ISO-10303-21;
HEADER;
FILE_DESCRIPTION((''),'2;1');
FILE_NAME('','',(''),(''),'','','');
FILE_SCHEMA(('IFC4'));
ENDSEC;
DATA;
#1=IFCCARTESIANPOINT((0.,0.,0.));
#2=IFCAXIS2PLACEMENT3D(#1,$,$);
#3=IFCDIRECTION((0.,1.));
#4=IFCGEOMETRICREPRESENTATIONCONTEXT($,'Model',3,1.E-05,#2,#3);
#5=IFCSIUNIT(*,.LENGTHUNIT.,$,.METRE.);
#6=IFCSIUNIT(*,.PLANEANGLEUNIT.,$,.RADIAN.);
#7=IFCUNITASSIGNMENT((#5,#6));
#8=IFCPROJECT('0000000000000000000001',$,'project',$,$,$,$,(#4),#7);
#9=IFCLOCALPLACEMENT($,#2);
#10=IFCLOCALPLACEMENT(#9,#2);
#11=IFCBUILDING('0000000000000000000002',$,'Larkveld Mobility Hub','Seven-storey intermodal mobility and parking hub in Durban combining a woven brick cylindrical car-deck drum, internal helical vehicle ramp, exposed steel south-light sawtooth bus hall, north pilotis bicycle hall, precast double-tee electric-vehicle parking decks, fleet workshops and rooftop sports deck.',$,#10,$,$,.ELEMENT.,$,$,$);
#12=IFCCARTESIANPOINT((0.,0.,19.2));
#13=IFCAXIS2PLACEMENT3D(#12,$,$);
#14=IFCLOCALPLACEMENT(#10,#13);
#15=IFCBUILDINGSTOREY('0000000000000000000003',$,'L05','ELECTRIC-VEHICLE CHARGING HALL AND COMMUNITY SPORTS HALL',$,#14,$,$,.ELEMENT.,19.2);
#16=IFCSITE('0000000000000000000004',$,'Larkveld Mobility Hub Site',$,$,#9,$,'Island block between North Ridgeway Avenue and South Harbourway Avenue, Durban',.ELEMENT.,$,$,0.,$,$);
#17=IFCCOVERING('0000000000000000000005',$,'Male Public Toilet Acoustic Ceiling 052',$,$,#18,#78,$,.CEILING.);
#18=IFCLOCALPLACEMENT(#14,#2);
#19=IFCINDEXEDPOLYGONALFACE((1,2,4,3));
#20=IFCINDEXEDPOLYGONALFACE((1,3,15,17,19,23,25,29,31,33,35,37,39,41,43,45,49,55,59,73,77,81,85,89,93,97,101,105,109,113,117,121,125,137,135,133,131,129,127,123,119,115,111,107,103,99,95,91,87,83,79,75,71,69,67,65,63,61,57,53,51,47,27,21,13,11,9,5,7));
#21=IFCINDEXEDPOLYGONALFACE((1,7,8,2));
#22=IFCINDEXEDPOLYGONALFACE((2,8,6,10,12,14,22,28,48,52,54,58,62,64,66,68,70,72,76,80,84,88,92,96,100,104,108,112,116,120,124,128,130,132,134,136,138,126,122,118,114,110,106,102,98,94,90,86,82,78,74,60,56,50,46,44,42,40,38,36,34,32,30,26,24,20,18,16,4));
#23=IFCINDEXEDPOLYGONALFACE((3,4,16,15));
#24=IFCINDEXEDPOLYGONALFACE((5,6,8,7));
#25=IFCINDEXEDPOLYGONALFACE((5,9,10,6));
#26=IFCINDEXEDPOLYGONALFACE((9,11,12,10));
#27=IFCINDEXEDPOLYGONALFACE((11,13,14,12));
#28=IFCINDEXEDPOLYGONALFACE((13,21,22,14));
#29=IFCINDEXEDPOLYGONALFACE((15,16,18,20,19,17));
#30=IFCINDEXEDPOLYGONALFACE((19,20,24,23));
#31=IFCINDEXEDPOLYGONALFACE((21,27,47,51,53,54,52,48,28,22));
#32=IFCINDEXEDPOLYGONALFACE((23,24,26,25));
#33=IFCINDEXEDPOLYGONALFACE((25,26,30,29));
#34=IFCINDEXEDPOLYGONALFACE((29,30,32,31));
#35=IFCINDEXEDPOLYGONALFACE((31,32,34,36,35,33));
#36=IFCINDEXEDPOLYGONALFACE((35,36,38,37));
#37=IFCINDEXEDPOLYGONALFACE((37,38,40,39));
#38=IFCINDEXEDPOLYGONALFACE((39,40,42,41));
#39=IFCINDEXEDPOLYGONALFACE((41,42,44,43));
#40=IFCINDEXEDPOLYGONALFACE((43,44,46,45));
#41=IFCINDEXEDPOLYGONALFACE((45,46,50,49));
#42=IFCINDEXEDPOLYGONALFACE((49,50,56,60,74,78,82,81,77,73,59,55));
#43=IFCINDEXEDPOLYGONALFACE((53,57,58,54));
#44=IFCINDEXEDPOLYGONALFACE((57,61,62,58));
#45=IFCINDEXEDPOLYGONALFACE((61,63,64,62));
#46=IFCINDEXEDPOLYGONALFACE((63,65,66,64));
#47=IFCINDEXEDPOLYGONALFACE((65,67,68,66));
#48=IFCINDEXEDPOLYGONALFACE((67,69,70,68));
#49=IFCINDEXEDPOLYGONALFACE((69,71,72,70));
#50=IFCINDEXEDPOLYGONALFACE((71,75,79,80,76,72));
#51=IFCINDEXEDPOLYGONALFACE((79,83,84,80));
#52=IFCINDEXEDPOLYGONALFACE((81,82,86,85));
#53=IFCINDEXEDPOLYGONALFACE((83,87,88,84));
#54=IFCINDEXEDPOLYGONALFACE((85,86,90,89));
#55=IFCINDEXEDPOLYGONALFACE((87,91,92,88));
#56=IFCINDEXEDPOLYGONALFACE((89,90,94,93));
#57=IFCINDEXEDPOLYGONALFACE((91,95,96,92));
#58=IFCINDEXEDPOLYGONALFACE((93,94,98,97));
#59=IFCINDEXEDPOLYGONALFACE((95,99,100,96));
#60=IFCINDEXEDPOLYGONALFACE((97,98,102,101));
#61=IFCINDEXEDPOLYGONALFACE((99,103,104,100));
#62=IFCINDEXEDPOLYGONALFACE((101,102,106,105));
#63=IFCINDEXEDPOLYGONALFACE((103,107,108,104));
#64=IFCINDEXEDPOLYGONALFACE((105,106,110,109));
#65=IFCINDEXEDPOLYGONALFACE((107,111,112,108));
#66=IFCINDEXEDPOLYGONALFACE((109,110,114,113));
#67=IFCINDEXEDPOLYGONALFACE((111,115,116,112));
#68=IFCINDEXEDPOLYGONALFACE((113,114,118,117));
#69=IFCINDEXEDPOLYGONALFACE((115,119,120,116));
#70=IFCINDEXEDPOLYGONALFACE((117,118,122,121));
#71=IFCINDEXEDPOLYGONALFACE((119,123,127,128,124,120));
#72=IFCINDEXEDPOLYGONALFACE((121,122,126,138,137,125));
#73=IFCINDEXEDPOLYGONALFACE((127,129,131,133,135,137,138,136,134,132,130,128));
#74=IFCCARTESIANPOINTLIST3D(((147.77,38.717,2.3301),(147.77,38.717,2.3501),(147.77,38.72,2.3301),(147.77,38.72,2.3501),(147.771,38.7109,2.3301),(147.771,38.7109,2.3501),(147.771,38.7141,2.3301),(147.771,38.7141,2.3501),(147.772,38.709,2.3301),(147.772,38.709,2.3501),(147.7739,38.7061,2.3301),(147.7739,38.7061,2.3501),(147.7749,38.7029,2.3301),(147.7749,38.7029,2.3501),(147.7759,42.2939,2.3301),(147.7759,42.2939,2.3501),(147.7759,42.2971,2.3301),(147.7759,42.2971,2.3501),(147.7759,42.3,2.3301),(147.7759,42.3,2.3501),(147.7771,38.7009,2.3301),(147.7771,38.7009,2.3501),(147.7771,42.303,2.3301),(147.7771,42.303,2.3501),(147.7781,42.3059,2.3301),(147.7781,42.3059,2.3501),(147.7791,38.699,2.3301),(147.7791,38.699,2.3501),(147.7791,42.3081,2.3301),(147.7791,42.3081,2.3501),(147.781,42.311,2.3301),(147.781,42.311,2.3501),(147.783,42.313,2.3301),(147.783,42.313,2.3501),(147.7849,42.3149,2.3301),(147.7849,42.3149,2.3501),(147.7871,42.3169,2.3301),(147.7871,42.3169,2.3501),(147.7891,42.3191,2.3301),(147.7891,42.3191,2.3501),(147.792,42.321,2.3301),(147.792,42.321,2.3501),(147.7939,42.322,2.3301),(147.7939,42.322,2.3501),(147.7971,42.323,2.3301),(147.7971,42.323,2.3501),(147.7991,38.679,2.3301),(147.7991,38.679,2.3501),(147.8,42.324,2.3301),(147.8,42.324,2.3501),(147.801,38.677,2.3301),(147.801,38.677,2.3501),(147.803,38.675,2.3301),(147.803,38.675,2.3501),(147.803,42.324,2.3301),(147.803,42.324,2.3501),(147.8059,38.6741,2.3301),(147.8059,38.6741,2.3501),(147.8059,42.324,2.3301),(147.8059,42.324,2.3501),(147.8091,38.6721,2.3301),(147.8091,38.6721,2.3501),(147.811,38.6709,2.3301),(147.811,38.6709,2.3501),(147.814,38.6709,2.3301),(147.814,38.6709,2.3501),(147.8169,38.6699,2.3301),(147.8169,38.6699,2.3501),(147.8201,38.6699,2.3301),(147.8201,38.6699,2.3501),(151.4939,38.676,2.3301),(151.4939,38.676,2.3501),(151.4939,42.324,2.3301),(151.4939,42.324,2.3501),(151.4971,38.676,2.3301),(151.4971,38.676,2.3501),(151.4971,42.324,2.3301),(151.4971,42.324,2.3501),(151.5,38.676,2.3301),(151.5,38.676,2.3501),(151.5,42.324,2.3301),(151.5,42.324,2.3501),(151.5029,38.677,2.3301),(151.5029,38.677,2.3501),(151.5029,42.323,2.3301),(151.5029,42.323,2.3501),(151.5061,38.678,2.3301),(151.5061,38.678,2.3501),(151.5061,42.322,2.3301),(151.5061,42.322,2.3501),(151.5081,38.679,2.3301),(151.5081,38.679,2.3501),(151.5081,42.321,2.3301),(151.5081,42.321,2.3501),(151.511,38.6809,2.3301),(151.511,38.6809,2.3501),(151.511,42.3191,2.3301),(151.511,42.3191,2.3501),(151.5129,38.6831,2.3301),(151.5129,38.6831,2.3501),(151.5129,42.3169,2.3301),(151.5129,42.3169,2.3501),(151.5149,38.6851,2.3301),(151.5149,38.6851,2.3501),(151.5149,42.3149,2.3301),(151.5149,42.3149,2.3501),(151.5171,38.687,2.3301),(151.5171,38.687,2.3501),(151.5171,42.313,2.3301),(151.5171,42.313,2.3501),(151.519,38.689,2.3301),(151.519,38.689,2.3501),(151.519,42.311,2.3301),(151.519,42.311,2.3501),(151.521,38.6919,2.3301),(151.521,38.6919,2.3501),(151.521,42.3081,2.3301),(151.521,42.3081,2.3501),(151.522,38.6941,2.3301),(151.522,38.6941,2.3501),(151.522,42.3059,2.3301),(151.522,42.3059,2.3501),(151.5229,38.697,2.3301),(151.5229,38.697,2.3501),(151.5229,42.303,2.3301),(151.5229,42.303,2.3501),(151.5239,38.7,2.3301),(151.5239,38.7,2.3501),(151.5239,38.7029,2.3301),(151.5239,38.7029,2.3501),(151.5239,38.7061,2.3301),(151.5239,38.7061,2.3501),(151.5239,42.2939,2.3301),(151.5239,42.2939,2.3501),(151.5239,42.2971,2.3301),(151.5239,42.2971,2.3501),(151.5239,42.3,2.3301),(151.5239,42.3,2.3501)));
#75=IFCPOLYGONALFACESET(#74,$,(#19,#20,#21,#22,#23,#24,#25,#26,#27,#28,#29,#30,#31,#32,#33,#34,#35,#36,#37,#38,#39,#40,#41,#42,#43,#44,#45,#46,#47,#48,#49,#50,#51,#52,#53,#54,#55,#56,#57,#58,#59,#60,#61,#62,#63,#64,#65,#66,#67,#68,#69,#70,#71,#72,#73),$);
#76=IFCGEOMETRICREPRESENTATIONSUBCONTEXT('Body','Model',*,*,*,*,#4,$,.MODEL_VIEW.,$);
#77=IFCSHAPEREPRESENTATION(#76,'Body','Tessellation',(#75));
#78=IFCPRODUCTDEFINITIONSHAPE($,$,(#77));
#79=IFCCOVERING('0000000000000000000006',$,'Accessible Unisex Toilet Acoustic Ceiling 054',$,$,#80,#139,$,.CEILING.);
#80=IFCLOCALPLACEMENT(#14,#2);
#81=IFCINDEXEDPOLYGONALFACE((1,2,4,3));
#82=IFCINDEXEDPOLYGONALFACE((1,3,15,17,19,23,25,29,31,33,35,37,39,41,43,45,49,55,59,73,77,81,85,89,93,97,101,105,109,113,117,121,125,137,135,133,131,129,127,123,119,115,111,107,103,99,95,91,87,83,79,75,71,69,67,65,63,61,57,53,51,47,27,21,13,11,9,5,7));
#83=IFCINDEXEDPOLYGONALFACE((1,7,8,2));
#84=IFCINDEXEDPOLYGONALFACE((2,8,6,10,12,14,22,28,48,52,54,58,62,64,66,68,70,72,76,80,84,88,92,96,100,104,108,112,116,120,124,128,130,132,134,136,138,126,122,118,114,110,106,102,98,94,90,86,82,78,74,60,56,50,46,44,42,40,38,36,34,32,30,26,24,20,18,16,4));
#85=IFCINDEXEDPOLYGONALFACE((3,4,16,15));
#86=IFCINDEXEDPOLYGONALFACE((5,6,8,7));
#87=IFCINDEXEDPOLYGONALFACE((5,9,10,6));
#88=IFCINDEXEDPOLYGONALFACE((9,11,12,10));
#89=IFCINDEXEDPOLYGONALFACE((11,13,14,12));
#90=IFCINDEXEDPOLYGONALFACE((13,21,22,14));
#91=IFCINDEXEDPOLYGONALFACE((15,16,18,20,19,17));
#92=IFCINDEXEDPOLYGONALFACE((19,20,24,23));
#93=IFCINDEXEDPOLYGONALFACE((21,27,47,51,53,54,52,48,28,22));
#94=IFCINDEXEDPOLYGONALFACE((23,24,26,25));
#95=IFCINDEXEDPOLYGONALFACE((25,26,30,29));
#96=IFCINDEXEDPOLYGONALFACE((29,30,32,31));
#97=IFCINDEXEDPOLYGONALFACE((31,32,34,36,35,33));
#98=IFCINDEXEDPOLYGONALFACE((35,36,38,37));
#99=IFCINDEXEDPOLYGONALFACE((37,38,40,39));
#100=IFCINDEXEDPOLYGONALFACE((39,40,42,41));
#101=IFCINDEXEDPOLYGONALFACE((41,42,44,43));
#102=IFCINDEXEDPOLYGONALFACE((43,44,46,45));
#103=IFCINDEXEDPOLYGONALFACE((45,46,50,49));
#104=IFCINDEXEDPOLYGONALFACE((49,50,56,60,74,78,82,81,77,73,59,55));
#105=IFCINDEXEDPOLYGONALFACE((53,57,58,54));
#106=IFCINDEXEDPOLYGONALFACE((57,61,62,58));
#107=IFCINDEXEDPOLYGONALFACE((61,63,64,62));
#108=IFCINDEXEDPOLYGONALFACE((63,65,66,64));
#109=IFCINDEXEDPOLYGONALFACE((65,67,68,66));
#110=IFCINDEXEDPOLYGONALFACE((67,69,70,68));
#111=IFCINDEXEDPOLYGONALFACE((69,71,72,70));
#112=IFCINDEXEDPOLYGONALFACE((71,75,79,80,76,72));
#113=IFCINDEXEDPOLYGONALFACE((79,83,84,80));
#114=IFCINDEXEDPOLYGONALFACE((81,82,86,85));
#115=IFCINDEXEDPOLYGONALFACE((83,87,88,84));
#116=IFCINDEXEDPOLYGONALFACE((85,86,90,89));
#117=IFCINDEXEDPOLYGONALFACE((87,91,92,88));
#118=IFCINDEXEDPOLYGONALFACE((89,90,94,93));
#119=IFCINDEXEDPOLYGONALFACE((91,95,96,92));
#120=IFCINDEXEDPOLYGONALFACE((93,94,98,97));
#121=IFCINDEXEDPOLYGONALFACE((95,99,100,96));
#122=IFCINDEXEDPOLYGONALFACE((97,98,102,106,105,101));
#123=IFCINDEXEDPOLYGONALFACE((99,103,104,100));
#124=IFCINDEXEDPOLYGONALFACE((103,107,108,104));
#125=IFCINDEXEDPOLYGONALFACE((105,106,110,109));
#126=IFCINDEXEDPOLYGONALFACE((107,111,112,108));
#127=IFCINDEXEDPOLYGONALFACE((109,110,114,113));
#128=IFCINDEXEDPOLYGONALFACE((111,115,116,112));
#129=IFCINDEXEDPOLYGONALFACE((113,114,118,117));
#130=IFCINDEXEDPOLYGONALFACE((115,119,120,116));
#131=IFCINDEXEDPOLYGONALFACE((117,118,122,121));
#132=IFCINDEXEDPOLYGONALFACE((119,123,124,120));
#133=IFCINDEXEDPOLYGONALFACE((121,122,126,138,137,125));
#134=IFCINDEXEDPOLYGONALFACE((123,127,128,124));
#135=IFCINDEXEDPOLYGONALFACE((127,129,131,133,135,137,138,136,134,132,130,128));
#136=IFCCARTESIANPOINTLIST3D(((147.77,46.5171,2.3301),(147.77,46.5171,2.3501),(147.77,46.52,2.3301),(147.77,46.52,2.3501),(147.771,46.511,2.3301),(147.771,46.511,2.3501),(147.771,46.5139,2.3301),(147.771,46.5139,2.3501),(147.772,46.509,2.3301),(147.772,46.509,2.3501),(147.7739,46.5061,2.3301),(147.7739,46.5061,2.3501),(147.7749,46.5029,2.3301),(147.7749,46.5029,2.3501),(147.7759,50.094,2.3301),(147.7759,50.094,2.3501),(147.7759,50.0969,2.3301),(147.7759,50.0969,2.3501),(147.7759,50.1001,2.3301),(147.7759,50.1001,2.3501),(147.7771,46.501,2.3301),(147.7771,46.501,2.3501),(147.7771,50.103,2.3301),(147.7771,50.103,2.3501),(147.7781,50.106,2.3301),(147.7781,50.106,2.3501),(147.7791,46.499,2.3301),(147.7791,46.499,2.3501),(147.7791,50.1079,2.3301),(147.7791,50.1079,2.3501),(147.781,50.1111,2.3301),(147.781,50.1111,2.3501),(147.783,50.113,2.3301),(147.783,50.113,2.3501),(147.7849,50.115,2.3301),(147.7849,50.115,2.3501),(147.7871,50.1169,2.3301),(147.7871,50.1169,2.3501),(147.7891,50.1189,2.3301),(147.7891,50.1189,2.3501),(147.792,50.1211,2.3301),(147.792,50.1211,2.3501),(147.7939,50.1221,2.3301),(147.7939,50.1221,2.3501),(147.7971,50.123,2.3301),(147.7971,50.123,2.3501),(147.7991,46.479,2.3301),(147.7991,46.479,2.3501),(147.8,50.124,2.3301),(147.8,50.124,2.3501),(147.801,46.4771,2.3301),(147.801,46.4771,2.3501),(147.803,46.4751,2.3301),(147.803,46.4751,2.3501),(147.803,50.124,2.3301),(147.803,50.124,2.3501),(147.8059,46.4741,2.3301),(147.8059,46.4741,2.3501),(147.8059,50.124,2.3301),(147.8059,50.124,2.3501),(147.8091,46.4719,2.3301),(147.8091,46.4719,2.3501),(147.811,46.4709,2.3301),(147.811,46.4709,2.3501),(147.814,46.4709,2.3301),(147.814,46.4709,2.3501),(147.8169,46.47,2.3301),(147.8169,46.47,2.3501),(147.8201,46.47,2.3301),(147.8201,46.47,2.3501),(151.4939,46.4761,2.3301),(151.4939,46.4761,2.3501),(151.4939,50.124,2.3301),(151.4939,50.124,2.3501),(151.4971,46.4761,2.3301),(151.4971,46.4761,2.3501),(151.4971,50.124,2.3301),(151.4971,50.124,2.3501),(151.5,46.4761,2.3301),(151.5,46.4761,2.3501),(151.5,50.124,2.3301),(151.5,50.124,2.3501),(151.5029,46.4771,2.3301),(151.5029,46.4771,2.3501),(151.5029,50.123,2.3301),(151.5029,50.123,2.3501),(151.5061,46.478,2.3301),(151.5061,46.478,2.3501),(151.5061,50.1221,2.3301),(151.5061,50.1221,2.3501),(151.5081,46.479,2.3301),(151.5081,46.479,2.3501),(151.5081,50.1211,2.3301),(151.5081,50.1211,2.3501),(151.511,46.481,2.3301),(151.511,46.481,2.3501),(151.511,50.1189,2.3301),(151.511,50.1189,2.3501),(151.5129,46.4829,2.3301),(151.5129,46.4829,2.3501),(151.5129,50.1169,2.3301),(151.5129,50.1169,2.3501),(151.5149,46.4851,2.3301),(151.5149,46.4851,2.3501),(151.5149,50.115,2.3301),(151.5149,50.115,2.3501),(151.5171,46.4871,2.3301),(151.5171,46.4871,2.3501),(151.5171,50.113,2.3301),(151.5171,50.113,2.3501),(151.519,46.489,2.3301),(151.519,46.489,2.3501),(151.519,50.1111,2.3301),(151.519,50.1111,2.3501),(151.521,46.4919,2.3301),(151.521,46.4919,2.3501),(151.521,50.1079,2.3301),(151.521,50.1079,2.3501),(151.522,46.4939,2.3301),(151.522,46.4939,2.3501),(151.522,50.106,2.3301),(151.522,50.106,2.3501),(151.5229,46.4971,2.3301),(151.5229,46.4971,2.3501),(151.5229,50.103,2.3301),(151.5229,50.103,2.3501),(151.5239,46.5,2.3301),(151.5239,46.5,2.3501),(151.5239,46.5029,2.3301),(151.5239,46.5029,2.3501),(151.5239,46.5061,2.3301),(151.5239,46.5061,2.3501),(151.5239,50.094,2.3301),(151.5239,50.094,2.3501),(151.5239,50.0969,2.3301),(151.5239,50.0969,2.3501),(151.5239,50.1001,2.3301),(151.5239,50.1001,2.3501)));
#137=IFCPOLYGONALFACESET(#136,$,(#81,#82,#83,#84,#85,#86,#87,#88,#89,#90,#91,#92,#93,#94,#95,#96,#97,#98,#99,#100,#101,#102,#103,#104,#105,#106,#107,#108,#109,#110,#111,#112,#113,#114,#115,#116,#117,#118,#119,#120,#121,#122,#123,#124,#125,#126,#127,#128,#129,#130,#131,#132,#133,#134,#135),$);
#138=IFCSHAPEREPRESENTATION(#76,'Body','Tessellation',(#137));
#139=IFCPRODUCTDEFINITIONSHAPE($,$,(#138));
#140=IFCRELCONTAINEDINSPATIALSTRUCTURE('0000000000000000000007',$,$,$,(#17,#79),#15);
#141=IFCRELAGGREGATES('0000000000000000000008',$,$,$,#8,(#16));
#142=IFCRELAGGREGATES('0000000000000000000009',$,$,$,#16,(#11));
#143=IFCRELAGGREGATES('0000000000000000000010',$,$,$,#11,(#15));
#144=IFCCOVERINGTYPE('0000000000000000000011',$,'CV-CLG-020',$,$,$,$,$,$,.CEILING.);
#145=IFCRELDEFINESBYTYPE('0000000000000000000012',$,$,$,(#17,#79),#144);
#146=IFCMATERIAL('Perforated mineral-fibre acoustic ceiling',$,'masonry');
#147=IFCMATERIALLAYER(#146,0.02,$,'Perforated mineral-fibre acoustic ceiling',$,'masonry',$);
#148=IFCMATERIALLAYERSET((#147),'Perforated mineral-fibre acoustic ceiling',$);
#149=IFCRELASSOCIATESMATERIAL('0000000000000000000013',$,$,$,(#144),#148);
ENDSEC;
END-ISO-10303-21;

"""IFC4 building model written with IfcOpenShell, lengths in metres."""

from ifc_helpers import new_model, si_unit, direction, frame, origin, place, context, subcontext, project, spatial, polyline, outline, extrude, material, layer, layer_set, type_object, element, save


model = new_model("IFC4")

# Units and contexts
model_context = context("Model", 3, precision=1e-05, world=origin(), true_north=direction((0.0, 1.0)))
body_context = subcontext(model_context, "Body", "Model", "MODEL_VIEW")
ifc_project = project(units=[si_unit("LENGTHUNIT", "METRE"), si_unit("PLANEANGLEUNIT", "RADIAN")], contexts=[model_context])

# Site, building, storey
site_placement = place(None, origin())
site = spatial("IfcSite", under=ifc_project, at=site_placement, Name="Larkveld Mobility Hub Site", LongName="Island block between North Ridgeway Avenue and South Harbourway Avenue, Durban", CompositionType="ELEMENT", RefElevation=0.0)
building_placement = place(site_placement, origin())
building = spatial("IfcBuilding", under=site, at=building_placement, Name="Larkveld Mobility Hub", Description="Seven-storey intermodal mobility and parking hub in Durban combining a woven brick cylindrical car-deck drum, internal helical vehicle ramp, exposed steel south-light sawtooth bus hall, north pilotis bicycle hall, precast double-tee electric-vehicle parking decks, fleet workshops and rooftop sports deck.", CompositionType="ELEMENT")
storey_placement = place(building_placement, frame((0.0, 0.0, 19.2)))
storey = spatial("IfcBuildingStorey", under=building, at=storey_placement, Name="L05", Description="ELECTRIC-VEHICLE CHARGING HALL AND COMMUNITY SPORTS HALL", CompositionType="ELEMENT", Elevation=19.2)

# Coverings
ifc_material_1 = material(Name="Perforated mineral-fibre acoustic ceiling", Category="masonry")
ifc_layer_1 = layer(ifc_material_1, 0.02, Name="Perforated mineral-fibre acoustic ceiling", Category="masonry")
ifc_layer_set_1 = layer_set([ifc_layer_1], Name="Perforated mineral-fibre acoustic ceiling")
covering_type_1 = type_object("IfcCoveringType", Name="CV-CLG-020", PredefinedType="CEILING", material=ifc_layer_set_1)
covering_1_placement = place(storey_placement, frame((0.0, 0.0, 2.3301)))
element("IfcCovering", 1, at=covering_1_placement, inside=storey, type_object=covering_type_1, Name="Male Public Toilet Acoustic Ceiling 052", PredefinedType="CEILING", context=body_context, shape_type="SweptSolid", body=[
    extrude(outline(polyline([(147.8201, 38.6699), (147.8169, 38.6699), (147.814, 38.6709), (147.811, 38.6709), (147.8091, 38.6721), (147.8059, 38.6741), (147.803, 38.675), (147.801, 38.677), (147.7991, 38.679), (147.7791, 38.699), (147.7771, 38.7009), (147.7749, 38.7029), (147.7739, 38.7061), (147.772, 38.709), (147.771, 38.7109), (147.771, 38.7141), (147.77, 38.717), (147.77, 38.72), (147.7759, 42.2939), (147.7759, 42.2971), (147.7759, 42.3), (147.7771, 42.303), (147.7781, 42.3059), (147.7791, 42.3081), (147.781, 42.311), (147.783, 42.313), (147.7849, 42.3149), (147.7871, 42.3169), (147.7891, 42.3191), (147.792, 42.321), (147.7939, 42.322), (147.7971, 42.323), (147.8, 42.324), (147.803, 42.324), (147.8059, 42.324), (151.4939, 42.324), (151.4971, 42.324), (151.5, 42.324), (151.5029, 42.323), (151.5061, 42.322), (151.5081, 42.321), (151.511, 42.3191), (151.5129, 42.3169), (151.5149, 42.3149), (151.5171, 42.313), (151.519, 42.311), (151.521, 42.3081), (151.522, 42.3059), (151.5229, 42.303), (151.5239, 42.3), (151.5239, 42.2971), (151.5239, 42.2939), (151.5239, 38.7061), (151.5239, 38.7029), (151.5239, 38.7), (151.5229, 38.697), (151.522, 38.6941), (151.521, 38.6919), (151.519, 38.689), (151.5171, 38.687), (151.5149, 38.6851), (151.5129, 38.6831), (151.511, 38.6809), (151.5081, 38.679), (151.5061, 38.678), (151.5029, 38.677), (151.5, 38.676), (151.4971, 38.676), (151.4939, 38.676), (147.8201, 38.6699)])), origin(), (0.0, 0.0, 1.0), 0.02),
])
covering_2_placement = place(storey_placement, frame((0.0, 0.0, 2.3301)))
element("IfcCovering", 2, at=covering_2_placement, inside=storey, type_object=covering_type_1, Name="Accessible Unisex Toilet Acoustic Ceiling 054", PredefinedType="CEILING", context=body_context, shape_type="SweptSolid", body=[
    extrude(outline(polyline([(147.8201, 46.47), (147.8169, 46.47), (147.814, 46.4709), (147.811, 46.4709), (147.8091, 46.4719), (147.8059, 46.4741), (147.803, 46.4751), (147.801, 46.4771), (147.7991, 46.479), (147.7791, 46.499), (147.7771, 46.501), (147.7749, 46.5029), (147.7739, 46.5061), (147.772, 46.509), (147.771, 46.511), (147.771, 46.5139), (147.77, 46.5171), (147.77, 46.52), (147.7759, 50.094), (147.7759, 50.0969), (147.7759, 50.1001), (147.7771, 50.103), (147.7781, 50.106), (147.7791, 50.1079), (147.781, 50.1111), (147.783, 50.113), (147.7849, 50.115), (147.7871, 50.1169), (147.7891, 50.1189), (147.792, 50.1211), (147.7939, 50.1221), (147.7971, 50.123), (147.8, 50.124), (147.803, 50.124), (147.8059, 50.124), (151.4939, 50.124), (151.4971, 50.124), (151.5, 50.124), (151.5029, 50.123), (151.5061, 50.1221), (151.5081, 50.1211), (151.511, 50.1189), (151.5129, 50.1169), (151.5149, 50.115), (151.5171, 50.113), (151.519, 50.1111), (151.521, 50.1079), (151.522, 50.106), (151.5229, 50.103), (151.5239, 50.1001), (151.5239, 50.0969), (151.5239, 50.094), (151.5239, 46.5061), (151.5239, 46.5029), (151.5239, 46.5), (151.5229, 46.4971), (151.522, 46.4939), (151.521, 46.4919), (151.519, 46.489), (151.5171, 46.4871), (151.5149, 46.4851), (151.5129, 46.4829), (151.511, 46.481), (151.5081, 46.479), (151.5061, 46.478), (151.5029, 46.4771), (151.5, 46.4761), (151.4971, 46.4761), (151.4939, 46.4761), (147.8201, 46.47)])), origin(), (0.0, 0.0, 1.0), 0.02),
])

save(model, "model.ifc")
